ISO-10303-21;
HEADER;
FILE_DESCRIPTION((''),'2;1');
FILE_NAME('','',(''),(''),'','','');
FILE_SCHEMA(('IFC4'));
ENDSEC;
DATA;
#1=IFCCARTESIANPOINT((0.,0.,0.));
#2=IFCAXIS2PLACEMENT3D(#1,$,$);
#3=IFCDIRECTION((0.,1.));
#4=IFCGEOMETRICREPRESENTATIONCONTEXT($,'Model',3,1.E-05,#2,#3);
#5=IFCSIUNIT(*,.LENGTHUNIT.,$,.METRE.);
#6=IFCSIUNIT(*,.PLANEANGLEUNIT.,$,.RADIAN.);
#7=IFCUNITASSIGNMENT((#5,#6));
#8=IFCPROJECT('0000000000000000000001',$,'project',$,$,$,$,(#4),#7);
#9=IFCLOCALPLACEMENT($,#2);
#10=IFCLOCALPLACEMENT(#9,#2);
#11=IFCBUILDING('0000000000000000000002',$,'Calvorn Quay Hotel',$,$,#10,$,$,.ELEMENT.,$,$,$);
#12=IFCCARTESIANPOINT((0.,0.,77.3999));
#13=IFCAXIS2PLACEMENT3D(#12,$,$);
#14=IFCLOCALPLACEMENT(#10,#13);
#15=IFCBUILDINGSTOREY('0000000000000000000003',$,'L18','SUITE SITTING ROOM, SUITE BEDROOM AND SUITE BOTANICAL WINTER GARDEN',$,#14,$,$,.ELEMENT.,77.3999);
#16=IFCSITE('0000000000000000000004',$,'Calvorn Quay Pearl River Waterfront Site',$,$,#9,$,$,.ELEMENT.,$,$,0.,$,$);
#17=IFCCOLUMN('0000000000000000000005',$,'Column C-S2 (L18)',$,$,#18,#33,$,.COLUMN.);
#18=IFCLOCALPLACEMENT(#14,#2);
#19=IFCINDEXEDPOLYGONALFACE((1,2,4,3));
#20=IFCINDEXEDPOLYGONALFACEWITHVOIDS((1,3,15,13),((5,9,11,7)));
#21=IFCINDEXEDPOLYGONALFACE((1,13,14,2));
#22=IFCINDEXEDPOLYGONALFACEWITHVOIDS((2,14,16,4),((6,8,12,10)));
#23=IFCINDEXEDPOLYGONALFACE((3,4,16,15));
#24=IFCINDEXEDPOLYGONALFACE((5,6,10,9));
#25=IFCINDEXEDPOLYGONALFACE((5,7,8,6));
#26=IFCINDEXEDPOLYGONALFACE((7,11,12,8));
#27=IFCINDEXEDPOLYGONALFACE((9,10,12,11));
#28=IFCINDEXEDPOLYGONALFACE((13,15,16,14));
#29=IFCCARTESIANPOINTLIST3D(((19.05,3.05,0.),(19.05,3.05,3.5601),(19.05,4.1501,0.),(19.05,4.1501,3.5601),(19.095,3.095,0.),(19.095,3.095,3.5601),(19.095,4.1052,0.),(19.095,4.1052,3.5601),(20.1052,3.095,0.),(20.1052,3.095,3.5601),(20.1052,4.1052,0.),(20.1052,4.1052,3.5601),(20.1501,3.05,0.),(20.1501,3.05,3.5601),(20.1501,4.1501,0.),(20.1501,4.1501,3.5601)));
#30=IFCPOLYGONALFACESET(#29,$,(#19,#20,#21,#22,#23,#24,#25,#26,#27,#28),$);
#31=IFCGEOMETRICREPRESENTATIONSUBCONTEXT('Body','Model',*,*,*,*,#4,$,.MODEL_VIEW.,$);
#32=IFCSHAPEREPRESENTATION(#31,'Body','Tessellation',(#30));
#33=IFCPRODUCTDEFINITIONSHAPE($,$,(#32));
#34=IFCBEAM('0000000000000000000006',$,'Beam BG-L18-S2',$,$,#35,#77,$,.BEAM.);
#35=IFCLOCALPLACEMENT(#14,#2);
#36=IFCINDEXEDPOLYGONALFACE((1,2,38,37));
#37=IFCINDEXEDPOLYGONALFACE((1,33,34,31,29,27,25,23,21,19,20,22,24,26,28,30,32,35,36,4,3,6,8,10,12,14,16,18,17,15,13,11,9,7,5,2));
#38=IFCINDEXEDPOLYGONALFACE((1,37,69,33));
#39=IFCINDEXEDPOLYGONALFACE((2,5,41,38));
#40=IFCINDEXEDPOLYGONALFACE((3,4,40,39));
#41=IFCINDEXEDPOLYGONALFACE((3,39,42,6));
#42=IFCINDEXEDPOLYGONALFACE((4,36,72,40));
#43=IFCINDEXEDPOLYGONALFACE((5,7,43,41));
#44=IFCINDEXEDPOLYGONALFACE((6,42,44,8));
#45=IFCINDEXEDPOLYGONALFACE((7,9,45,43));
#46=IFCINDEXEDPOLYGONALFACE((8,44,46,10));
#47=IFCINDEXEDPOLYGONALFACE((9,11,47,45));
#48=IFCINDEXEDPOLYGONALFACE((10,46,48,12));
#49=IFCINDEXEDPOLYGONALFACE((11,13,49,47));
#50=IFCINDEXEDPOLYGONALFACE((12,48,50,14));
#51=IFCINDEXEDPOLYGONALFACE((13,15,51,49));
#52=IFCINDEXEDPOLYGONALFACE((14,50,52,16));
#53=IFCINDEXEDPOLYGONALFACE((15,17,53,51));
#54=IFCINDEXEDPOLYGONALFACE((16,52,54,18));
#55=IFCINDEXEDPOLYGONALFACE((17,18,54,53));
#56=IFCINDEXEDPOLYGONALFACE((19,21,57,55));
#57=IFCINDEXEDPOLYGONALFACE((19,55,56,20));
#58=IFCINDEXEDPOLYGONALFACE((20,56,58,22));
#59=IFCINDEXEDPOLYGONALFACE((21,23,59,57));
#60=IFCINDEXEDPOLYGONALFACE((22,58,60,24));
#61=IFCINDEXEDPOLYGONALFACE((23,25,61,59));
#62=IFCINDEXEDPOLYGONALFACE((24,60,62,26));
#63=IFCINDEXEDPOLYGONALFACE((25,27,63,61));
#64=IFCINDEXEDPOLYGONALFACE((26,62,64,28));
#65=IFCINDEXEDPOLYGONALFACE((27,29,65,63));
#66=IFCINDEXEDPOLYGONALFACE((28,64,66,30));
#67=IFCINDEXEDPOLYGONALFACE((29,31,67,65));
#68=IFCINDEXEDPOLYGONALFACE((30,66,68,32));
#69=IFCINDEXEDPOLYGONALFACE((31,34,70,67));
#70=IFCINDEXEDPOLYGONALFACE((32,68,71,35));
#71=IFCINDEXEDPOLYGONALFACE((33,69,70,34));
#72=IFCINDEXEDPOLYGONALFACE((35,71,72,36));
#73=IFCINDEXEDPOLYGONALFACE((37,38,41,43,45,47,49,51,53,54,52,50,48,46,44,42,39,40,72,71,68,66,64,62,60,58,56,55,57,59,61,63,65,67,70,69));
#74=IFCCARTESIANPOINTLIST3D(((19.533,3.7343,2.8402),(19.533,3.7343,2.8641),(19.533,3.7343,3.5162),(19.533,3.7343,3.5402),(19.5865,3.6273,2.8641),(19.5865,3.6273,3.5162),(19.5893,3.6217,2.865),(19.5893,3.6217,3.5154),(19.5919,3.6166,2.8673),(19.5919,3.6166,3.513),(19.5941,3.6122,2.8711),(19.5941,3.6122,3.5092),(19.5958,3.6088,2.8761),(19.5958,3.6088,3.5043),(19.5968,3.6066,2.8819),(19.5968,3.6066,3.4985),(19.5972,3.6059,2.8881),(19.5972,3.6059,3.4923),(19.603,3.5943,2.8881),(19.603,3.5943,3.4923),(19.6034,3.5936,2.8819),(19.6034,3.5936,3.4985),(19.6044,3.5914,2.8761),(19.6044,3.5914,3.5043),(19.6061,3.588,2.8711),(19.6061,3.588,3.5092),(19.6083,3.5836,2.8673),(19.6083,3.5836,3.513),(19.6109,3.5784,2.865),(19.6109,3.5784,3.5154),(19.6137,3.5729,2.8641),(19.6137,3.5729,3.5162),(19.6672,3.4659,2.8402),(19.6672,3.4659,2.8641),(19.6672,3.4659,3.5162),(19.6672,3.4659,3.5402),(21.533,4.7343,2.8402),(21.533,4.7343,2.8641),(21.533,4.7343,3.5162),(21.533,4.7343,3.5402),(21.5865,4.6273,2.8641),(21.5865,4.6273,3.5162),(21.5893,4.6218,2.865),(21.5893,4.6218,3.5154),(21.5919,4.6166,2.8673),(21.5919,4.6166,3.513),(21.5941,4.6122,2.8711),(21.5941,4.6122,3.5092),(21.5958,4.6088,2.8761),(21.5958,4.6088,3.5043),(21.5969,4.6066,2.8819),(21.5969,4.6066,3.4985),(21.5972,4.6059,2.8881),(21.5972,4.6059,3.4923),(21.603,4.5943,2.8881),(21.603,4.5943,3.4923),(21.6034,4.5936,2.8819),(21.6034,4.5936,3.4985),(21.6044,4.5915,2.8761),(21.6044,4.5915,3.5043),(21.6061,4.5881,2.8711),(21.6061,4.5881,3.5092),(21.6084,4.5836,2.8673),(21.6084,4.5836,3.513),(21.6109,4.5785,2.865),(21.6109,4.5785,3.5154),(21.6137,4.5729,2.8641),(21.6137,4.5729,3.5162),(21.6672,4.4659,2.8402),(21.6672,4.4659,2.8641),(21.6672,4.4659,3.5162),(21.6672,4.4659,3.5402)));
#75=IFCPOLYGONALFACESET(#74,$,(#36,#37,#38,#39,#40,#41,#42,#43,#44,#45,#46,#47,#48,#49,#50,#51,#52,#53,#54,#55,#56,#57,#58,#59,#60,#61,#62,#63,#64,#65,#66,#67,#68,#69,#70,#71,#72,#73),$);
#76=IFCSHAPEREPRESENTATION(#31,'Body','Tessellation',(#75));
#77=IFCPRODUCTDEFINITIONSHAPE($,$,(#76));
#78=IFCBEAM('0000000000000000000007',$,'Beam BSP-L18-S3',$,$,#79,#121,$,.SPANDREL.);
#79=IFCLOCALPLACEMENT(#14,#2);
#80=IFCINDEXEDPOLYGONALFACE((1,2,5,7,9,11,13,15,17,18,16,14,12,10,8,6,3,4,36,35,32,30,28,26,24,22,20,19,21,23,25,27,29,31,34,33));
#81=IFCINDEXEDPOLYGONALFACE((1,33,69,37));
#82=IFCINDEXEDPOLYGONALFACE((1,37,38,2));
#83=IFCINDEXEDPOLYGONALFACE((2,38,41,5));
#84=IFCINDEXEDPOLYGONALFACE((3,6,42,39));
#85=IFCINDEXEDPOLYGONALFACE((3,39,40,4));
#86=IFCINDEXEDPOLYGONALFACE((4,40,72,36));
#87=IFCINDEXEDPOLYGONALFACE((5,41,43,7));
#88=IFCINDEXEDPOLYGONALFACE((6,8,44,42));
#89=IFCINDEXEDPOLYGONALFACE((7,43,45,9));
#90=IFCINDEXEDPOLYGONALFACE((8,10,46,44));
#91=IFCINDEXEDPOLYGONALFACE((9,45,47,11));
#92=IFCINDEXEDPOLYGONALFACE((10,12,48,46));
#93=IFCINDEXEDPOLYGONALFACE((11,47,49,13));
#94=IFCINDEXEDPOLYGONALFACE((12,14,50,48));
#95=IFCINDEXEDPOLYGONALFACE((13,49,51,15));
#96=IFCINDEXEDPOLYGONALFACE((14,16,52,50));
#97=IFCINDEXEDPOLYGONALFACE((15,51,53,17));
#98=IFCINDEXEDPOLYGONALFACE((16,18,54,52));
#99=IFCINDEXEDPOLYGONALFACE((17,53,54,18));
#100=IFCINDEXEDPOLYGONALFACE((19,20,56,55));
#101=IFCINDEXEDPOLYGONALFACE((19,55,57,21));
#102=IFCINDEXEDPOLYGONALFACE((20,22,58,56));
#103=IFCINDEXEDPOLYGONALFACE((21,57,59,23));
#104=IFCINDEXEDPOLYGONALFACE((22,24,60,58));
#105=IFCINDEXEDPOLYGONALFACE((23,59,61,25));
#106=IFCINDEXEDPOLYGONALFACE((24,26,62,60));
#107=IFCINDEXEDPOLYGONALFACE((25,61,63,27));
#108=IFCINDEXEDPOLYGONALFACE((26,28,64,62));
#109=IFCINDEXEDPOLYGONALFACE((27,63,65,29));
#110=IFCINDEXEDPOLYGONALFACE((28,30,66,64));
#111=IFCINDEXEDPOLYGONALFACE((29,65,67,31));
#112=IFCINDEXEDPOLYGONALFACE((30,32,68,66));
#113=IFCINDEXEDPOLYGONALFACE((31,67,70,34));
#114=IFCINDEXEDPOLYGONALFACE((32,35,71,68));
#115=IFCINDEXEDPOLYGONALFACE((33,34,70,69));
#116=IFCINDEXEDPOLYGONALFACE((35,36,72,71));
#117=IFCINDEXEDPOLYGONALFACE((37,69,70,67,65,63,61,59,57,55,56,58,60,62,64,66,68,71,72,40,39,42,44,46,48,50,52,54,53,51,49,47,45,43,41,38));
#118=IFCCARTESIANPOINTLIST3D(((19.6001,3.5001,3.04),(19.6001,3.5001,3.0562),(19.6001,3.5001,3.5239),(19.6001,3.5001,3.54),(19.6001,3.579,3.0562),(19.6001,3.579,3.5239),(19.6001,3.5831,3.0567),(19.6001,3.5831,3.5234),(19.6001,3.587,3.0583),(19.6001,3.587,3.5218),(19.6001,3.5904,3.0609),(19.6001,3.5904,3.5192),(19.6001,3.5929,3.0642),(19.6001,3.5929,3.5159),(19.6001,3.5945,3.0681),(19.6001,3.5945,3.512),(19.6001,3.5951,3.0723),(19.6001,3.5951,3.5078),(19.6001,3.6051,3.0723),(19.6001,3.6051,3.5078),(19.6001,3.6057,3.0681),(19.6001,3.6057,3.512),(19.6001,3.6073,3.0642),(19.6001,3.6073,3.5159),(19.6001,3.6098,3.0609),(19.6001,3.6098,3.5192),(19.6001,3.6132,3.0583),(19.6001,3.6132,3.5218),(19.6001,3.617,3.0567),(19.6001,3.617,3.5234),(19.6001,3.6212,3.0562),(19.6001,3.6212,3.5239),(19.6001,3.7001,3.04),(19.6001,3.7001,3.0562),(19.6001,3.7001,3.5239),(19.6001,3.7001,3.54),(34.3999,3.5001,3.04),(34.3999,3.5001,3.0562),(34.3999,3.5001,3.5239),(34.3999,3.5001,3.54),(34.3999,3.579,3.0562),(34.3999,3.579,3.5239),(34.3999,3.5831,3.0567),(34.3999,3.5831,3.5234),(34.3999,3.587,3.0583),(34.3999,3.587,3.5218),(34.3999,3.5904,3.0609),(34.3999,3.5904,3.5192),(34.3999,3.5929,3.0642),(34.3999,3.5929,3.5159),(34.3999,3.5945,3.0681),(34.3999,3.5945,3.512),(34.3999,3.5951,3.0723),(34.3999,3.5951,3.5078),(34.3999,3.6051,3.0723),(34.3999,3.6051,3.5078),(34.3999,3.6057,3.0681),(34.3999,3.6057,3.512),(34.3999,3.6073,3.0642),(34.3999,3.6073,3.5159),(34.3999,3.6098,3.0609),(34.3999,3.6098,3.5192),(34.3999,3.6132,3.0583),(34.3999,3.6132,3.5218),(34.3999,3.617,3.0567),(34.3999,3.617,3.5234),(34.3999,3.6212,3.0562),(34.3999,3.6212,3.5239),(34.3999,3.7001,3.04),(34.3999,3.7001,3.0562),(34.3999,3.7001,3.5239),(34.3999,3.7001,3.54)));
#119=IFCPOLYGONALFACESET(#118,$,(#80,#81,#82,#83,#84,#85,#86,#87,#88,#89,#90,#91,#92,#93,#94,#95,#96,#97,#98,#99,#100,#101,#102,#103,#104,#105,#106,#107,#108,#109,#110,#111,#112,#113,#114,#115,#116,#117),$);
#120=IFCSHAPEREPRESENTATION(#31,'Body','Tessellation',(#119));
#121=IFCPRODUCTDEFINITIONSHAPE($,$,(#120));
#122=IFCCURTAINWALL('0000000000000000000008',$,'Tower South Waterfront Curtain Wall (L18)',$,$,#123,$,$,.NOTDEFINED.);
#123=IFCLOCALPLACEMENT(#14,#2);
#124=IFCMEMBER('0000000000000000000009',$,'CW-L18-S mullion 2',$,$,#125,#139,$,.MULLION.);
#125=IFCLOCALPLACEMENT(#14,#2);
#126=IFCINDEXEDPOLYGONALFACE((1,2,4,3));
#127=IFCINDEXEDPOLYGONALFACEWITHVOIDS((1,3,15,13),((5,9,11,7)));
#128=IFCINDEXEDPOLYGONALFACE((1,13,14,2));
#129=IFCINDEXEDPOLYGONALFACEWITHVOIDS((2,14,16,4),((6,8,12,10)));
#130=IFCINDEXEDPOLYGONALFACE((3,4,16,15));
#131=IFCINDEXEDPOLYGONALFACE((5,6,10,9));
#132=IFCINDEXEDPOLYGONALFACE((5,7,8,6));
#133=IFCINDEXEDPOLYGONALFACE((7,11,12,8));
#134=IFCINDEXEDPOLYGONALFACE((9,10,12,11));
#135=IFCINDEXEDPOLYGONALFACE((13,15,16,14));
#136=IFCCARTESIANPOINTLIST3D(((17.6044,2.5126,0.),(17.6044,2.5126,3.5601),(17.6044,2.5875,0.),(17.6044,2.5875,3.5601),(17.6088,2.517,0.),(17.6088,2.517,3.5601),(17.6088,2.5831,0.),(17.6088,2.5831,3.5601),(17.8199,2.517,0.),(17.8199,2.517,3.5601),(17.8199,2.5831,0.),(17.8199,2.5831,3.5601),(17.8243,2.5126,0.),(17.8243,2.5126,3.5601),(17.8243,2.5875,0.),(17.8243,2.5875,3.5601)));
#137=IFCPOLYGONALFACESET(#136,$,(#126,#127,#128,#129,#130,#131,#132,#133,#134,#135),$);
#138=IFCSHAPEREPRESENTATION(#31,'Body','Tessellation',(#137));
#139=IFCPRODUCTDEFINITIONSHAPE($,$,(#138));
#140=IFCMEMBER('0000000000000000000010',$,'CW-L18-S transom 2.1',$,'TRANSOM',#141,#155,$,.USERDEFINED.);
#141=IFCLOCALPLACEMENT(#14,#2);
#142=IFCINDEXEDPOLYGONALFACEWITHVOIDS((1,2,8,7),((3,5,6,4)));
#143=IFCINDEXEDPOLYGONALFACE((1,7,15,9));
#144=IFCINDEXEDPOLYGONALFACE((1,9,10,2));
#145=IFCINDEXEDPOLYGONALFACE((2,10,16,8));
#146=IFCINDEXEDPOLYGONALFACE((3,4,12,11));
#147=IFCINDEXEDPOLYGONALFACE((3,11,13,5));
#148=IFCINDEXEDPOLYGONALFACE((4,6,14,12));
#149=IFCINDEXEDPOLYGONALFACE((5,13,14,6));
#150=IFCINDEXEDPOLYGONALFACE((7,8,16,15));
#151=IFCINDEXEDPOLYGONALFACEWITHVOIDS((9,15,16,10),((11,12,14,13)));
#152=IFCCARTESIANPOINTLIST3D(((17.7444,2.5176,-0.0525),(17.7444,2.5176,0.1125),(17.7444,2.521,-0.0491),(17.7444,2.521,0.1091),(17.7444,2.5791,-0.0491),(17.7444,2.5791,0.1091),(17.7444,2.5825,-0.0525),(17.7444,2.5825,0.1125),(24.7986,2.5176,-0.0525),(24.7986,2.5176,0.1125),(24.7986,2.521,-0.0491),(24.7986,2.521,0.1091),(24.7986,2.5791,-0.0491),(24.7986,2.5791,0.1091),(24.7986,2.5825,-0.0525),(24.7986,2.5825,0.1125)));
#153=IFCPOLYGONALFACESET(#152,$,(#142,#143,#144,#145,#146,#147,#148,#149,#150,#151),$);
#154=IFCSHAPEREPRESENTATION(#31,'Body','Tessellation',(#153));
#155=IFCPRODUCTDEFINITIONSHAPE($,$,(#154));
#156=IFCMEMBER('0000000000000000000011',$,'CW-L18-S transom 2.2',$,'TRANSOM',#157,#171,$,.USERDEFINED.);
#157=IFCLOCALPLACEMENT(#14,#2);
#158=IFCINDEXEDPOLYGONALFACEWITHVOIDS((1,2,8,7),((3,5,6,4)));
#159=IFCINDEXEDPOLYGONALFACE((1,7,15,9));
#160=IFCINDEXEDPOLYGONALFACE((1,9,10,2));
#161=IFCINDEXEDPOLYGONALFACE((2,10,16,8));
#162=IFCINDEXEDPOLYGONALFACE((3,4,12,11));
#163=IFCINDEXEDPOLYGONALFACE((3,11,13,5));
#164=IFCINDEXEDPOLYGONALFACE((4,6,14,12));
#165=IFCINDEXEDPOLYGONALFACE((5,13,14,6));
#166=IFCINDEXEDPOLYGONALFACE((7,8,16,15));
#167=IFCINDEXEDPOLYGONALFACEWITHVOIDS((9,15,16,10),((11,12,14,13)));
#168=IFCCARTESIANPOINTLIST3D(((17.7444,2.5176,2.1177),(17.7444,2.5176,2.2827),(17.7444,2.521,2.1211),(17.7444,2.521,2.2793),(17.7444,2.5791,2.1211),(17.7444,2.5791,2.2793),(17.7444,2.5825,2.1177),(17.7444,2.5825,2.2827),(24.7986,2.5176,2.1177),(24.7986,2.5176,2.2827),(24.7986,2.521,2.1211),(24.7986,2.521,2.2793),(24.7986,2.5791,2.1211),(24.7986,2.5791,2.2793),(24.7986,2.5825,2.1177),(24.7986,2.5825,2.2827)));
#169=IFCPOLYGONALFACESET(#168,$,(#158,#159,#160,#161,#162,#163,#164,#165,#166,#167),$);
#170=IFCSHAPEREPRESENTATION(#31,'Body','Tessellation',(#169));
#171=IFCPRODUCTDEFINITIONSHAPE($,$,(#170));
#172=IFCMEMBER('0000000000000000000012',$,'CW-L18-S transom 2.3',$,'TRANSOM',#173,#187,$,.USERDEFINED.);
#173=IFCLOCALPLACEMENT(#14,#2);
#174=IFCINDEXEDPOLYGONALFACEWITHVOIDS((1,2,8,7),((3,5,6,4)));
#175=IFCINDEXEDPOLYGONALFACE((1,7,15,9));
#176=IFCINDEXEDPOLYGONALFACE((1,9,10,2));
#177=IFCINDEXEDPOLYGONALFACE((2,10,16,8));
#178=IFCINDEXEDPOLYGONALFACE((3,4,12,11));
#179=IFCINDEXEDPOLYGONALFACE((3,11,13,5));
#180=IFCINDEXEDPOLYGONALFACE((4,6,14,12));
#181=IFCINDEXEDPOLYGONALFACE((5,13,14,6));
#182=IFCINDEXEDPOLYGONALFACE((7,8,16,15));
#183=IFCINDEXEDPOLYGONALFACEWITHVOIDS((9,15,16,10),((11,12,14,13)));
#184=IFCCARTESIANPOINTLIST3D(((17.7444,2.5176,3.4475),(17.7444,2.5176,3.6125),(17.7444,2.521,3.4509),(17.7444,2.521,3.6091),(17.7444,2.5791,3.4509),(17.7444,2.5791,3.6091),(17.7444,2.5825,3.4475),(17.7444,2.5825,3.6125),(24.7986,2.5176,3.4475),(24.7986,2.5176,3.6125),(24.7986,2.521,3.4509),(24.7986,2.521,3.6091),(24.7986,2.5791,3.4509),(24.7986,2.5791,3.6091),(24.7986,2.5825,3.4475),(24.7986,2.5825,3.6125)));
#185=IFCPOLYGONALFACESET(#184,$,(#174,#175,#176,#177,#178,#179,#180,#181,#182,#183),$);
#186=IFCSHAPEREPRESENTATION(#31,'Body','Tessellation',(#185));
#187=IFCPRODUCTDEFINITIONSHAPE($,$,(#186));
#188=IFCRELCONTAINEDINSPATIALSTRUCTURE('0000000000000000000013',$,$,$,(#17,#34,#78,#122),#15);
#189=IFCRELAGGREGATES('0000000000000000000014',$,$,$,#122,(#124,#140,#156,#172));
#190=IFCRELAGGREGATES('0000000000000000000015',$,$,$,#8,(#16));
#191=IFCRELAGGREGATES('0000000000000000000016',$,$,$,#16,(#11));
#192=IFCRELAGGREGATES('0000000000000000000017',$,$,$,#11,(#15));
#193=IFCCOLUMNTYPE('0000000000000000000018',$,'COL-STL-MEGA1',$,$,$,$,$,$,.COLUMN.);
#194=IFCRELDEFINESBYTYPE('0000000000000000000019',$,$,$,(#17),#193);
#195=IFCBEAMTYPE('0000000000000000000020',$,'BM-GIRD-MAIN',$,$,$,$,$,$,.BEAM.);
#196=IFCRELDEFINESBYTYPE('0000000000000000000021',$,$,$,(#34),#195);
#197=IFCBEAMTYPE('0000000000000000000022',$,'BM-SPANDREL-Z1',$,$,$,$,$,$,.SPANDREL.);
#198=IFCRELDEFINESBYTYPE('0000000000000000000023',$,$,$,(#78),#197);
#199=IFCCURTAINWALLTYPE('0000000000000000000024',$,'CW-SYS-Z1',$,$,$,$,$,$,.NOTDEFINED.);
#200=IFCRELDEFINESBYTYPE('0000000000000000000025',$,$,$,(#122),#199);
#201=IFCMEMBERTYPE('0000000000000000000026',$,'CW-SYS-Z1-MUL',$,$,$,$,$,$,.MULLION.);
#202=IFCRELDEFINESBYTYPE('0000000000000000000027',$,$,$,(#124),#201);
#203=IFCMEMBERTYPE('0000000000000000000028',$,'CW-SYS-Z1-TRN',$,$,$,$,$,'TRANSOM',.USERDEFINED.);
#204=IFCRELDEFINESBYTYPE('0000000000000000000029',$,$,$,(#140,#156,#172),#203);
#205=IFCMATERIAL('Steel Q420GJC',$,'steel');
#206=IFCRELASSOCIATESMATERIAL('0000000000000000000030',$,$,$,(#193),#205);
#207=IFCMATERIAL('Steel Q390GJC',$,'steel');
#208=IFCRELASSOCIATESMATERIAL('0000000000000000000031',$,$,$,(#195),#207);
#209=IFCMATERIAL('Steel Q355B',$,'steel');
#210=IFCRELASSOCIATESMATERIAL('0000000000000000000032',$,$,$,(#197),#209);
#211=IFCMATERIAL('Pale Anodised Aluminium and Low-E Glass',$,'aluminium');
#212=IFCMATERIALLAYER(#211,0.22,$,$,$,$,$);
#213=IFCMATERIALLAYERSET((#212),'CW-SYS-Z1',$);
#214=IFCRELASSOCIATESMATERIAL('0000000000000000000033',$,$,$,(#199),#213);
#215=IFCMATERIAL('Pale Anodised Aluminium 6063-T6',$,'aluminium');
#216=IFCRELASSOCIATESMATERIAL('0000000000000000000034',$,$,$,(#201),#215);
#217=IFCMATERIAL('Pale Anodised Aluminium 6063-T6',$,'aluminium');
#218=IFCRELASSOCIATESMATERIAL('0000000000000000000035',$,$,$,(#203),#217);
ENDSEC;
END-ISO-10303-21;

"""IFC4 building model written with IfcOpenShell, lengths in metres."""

from ifc_helpers import new_model, si_unit, direction, frame, origin, origin_2d, place, context, subcontext, project, spatial, hollow_rectangle, i_section, extrude, material, layer, layer_set, material_profile, profile_set, type_object, element, aggregate, save


model = new_model("IFC4")

# Units and contexts
model_context = context("Model", 3, precision=1e-05, world=origin(), true_north=direction((0.0, 1.0)))
body_context = subcontext(model_context, "Body", "Model", "MODEL_VIEW")
ifc_project = project(units=[si_unit("LENGTHUNIT", "METRE"), si_unit("PLANEANGLEUNIT", "RADIAN")], contexts=[model_context])

# Site, building, storey
site_placement = place(None, origin())
site = spatial("IfcSite", under=ifc_project, at=site_placement, Name="Calvorn Quay Pearl River Waterfront Site", CompositionType="ELEMENT", RefElevation=0.0)
building_placement = place(site_placement, origin())
building = spatial("IfcBuilding", under=site, at=building_placement, Name="Calvorn Quay Hotel", CompositionType="ELEMENT")
storey_placement = place(building_placement, frame((0.0, 0.0, 77.3999)))
storey = spatial("IfcBuildingStorey", under=building, at=storey_placement, Name="L18", Description="SUITE SITTING ROOM, SUITE BEDROOM AND SUITE BOTANICAL WINTER GARDEN", CompositionType="ELEMENT", Elevation=77.3999)

# Column
ifc_material_1 = material(Name="Steel Q420GJC", Category="steel")
ifc_material_profile_1 = material_profile(ifc_material_1, hollow_rectangle(XDim=1.1001, YDim=1.1001, WallThickness=0.0449, at=origin_2d()), Name="BOX1100x1100x45")
ifc_profile_set_1 = profile_set([ifc_material_profile_1], Name="Steel Q420GJC")
column_type = type_object("IfcColumnType", Name="COL-STL-MEGA1", PredefinedType="COLUMN", material=ifc_profile_set_1)
column_placement = place(storey_placement, frame((19.6001, 3.6001, 0.0), z_axis=(0.0, 0.0, 1.0), x_axis=(1.0, 0.0, 0.0)))
element("IfcColumn", 1, at=column_placement, inside=storey, type_object=column_type, Name="Column C-S2 (L18)", PredefinedType="COLUMN", context=body_context, shape_type="SweptSolid", body=[
    extrude(hollow_rectangle(XDim=1.1001, YDim=1.1001, WallThickness=0.0449, at=origin_2d()), origin(), (0.0, 0.0, 1.0), 3.5601),
])

# Beams
ifc_material_2 = material(Name="Steel Q390GJC", Category="steel")
ifc_material_profile_2 = material_profile(ifc_material_2, i_section(OverallWidth=0.3, OverallDepth=0.7, WebThickness=0.0129, FlangeThickness=0.0239, FilletRadius=0.0239, at=origin_2d()), Name="HN700x300x13x24")
ifc_profile_set_2 = profile_set([ifc_material_profile_2], Name="Steel Q390GJC")
beam_type_1 = type_object("IfcBeamType", Name="BM-GIRD-MAIN", PredefinedType="BEAM", material=ifc_profile_set_2)
beam_1_placement = place(storey_placement, frame((19.6001, 3.6001, 3.1902), z_axis=(0.894427, 0.447214, 0.0), x_axis=(-0.447214, 0.894427, 0.0)))
element("IfcBeam", 2, at=beam_1_placement, inside=storey, type_object=beam_type_1, Name="Beam BG-L18-S2", PredefinedType="BEAM", context=body_context, shape_type="SweptSolid", body=[
    extrude(i_section(OverallWidth=0.3, OverallDepth=0.7, WebThickness=0.0129, FlangeThickness=0.0239, FilletRadius=0.0239, at=origin_2d()), origin(), (0.0, 0.0, 1.0), 2.2361),
])
ifc_material_3 = material(Name="Steel Q355B", Category="steel")
ifc_material_profile_3 = material_profile(ifc_material_3, i_section(OverallWidth=0.2, OverallDepth=0.5, WebThickness=0.01, FlangeThickness=0.0161, FilletRadius=0.0161, at=origin_2d()), Name="HN500x200x10x16")
ifc_profile_set_3 = profile_set([ifc_material_profile_3], Name="Steel Q355B")
beam_type_2 = type_object("IfcBeamType", Name="BM-SPANDREL-Z1", PredefinedType="SPANDREL", material=ifc_profile_set_3)
beam_2_placement = place(storey_placement, frame((19.6001, 3.6001, 3.29), z_axis=(1.0, 0.0, 0.0), x_axis=(0.0, 1.0, 0.0)))
element("IfcBeam", 3, at=beam_2_placement, inside=storey, type_object=beam_type_2, Name="Beam BSP-L18-S3", PredefinedType="SPANDREL", context=body_context, shape_type="SweptSolid", body=[
    extrude(i_section(OverallWidth=0.2, OverallDepth=0.5, WebThickness=0.01, FlangeThickness=0.0161, FilletRadius=0.0161, at=origin_2d()), origin(), (0.0, 0.0, 1.0), 14.7998),
])

# Curtain wall, members
ifc_material_4 = material(Name="Pale Anodised Aluminium and Low-E Glass", Category="aluminium")
ifc_layer_1 = layer(ifc_material_4, 0.22)
ifc_layer_set_1 = layer_set([ifc_layer_1], Name="CW-SYS-Z1")
curtain_wall_type = type_object("IfcCurtainWallType", Name="CW-SYS-Z1", PredefinedType="NOTDEFINED", material=ifc_layer_set_1)
curtain_wall_placement = place(storey_placement, origin())
curtain_wall = element("IfcCurtainWall", 4, at=curtain_wall_placement, inside=storey, type_object=curtain_wall_type, Name="Tower South Waterfront Curtain Wall (L18)", PredefinedType="NOTDEFINED")
ifc_material_5 = material(Name="Pale Anodised Aluminium 6063-T6", Category="aluminium")
ifc_material_profile_4 = material_profile(ifc_material_5, hollow_rectangle(XDim=0.075, YDim=0.22, WallThickness=0.0044, at=origin_2d()), Name="ALU-M220x75x4.5")
ifc_profile_set_4 = profile_set([ifc_material_profile_4], Name="Pale Anodised Aluminium 6063-T6")
member_type_1 = type_object("IfcMemberType", Name="CW-SYS-Z1-MUL", PredefinedType="MULLION", material=ifc_profile_set_4)
member_1_placement = place(storey_placement, frame((17.7144, 2.55, 0.0), z_axis=(0.0, 0.0, 1.0), x_axis=(0.0, 1.0, 0.0)))
member_1 = element("IfcMember", 5, at=member_1_placement, type_object=member_type_1, Name="CW-L18-S mullion 2", PredefinedType="MULLION", context=body_context, shape_type="SweptSolid", body=[
    extrude(hollow_rectangle(XDim=0.075, YDim=0.22, WallThickness=0.0044, at=origin_2d()), origin(), (0.0, 0.0, 1.0), 3.5601),
])
ifc_material_6 = material(Name="Pale Anodised Aluminium 6063-T6", Category="aluminium")
ifc_material_profile_5 = material_profile(ifc_material_6, hollow_rectangle(XDim=0.0649, YDim=0.165, WallThickness=0.0034, at=origin_2d()), Name="ALU-T165x65x3.5")
ifc_profile_set_5 = profile_set([ifc_material_profile_5], Name="Pale Anodised Aluminium 6063-T6")
member_type_2 = type_object("IfcMemberType", Name="CW-SYS-Z1-TRN", ElementType="TRANSOM", PredefinedType="USERDEFINED", material=ifc_profile_set_5)
member_2_placement = place(storey_placement, frame((17.7444, 2.55, 0.03), z_axis=(1.0, 0.0, 0.0), x_axis=(0.0, 1.0, 0.0)))
member_2 = element("IfcMember", 6, at=member_2_placement, type_object=member_type_2, Name="CW-L18-S transom 2.1", ObjectType="TRANSOM", PredefinedType="USERDEFINED", context=body_context, shape_type="SweptSolid", body=[
    extrude(hollow_rectangle(XDim=0.0649, YDim=0.165, WallThickness=0.0034, at=origin_2d()), origin(), (0.0, 0.0, 1.0), 7.0542),
])
member_3_placement = place(storey_placement, frame((17.7444, 2.55, 2.2002), z_axis=(1.0, 0.0, 0.0), x_axis=(0.0, 1.0, 0.0)))
member_3 = element("IfcMember", 7, at=member_3_placement, type_object=member_type_2, Name="CW-L18-S transom 2.2", ObjectType="TRANSOM", PredefinedType="USERDEFINED", context=body_context, shape_type="SweptSolid", body=[
    extrude(hollow_rectangle(XDim=0.0649, YDim=0.165, WallThickness=0.0034, at=origin_2d()), origin(), (0.0, 0.0, 1.0), 7.0542),
])
member_4_placement = place(storey_placement, frame((17.7444, 2.55, 3.53), z_axis=(1.0, 0.0, 0.0), x_axis=(0.0, 1.0, 0.0)))
member_4 = element("IfcMember", 8, at=member_4_placement, type_object=member_type_2, Name="CW-L18-S transom 2.3", ObjectType="TRANSOM", PredefinedType="USERDEFINED", context=body_context, shape_type="SweptSolid", body=[
    extrude(hollow_rectangle(XDim=0.0649, YDim=0.165, WallThickness=0.0034, at=origin_2d()), origin(), (0.0, 0.0, 1.0), 7.0542),
])
aggregate(curtain_wall, [member_1, member_2, member_3, member_4])

save(model, "model.ifc")
